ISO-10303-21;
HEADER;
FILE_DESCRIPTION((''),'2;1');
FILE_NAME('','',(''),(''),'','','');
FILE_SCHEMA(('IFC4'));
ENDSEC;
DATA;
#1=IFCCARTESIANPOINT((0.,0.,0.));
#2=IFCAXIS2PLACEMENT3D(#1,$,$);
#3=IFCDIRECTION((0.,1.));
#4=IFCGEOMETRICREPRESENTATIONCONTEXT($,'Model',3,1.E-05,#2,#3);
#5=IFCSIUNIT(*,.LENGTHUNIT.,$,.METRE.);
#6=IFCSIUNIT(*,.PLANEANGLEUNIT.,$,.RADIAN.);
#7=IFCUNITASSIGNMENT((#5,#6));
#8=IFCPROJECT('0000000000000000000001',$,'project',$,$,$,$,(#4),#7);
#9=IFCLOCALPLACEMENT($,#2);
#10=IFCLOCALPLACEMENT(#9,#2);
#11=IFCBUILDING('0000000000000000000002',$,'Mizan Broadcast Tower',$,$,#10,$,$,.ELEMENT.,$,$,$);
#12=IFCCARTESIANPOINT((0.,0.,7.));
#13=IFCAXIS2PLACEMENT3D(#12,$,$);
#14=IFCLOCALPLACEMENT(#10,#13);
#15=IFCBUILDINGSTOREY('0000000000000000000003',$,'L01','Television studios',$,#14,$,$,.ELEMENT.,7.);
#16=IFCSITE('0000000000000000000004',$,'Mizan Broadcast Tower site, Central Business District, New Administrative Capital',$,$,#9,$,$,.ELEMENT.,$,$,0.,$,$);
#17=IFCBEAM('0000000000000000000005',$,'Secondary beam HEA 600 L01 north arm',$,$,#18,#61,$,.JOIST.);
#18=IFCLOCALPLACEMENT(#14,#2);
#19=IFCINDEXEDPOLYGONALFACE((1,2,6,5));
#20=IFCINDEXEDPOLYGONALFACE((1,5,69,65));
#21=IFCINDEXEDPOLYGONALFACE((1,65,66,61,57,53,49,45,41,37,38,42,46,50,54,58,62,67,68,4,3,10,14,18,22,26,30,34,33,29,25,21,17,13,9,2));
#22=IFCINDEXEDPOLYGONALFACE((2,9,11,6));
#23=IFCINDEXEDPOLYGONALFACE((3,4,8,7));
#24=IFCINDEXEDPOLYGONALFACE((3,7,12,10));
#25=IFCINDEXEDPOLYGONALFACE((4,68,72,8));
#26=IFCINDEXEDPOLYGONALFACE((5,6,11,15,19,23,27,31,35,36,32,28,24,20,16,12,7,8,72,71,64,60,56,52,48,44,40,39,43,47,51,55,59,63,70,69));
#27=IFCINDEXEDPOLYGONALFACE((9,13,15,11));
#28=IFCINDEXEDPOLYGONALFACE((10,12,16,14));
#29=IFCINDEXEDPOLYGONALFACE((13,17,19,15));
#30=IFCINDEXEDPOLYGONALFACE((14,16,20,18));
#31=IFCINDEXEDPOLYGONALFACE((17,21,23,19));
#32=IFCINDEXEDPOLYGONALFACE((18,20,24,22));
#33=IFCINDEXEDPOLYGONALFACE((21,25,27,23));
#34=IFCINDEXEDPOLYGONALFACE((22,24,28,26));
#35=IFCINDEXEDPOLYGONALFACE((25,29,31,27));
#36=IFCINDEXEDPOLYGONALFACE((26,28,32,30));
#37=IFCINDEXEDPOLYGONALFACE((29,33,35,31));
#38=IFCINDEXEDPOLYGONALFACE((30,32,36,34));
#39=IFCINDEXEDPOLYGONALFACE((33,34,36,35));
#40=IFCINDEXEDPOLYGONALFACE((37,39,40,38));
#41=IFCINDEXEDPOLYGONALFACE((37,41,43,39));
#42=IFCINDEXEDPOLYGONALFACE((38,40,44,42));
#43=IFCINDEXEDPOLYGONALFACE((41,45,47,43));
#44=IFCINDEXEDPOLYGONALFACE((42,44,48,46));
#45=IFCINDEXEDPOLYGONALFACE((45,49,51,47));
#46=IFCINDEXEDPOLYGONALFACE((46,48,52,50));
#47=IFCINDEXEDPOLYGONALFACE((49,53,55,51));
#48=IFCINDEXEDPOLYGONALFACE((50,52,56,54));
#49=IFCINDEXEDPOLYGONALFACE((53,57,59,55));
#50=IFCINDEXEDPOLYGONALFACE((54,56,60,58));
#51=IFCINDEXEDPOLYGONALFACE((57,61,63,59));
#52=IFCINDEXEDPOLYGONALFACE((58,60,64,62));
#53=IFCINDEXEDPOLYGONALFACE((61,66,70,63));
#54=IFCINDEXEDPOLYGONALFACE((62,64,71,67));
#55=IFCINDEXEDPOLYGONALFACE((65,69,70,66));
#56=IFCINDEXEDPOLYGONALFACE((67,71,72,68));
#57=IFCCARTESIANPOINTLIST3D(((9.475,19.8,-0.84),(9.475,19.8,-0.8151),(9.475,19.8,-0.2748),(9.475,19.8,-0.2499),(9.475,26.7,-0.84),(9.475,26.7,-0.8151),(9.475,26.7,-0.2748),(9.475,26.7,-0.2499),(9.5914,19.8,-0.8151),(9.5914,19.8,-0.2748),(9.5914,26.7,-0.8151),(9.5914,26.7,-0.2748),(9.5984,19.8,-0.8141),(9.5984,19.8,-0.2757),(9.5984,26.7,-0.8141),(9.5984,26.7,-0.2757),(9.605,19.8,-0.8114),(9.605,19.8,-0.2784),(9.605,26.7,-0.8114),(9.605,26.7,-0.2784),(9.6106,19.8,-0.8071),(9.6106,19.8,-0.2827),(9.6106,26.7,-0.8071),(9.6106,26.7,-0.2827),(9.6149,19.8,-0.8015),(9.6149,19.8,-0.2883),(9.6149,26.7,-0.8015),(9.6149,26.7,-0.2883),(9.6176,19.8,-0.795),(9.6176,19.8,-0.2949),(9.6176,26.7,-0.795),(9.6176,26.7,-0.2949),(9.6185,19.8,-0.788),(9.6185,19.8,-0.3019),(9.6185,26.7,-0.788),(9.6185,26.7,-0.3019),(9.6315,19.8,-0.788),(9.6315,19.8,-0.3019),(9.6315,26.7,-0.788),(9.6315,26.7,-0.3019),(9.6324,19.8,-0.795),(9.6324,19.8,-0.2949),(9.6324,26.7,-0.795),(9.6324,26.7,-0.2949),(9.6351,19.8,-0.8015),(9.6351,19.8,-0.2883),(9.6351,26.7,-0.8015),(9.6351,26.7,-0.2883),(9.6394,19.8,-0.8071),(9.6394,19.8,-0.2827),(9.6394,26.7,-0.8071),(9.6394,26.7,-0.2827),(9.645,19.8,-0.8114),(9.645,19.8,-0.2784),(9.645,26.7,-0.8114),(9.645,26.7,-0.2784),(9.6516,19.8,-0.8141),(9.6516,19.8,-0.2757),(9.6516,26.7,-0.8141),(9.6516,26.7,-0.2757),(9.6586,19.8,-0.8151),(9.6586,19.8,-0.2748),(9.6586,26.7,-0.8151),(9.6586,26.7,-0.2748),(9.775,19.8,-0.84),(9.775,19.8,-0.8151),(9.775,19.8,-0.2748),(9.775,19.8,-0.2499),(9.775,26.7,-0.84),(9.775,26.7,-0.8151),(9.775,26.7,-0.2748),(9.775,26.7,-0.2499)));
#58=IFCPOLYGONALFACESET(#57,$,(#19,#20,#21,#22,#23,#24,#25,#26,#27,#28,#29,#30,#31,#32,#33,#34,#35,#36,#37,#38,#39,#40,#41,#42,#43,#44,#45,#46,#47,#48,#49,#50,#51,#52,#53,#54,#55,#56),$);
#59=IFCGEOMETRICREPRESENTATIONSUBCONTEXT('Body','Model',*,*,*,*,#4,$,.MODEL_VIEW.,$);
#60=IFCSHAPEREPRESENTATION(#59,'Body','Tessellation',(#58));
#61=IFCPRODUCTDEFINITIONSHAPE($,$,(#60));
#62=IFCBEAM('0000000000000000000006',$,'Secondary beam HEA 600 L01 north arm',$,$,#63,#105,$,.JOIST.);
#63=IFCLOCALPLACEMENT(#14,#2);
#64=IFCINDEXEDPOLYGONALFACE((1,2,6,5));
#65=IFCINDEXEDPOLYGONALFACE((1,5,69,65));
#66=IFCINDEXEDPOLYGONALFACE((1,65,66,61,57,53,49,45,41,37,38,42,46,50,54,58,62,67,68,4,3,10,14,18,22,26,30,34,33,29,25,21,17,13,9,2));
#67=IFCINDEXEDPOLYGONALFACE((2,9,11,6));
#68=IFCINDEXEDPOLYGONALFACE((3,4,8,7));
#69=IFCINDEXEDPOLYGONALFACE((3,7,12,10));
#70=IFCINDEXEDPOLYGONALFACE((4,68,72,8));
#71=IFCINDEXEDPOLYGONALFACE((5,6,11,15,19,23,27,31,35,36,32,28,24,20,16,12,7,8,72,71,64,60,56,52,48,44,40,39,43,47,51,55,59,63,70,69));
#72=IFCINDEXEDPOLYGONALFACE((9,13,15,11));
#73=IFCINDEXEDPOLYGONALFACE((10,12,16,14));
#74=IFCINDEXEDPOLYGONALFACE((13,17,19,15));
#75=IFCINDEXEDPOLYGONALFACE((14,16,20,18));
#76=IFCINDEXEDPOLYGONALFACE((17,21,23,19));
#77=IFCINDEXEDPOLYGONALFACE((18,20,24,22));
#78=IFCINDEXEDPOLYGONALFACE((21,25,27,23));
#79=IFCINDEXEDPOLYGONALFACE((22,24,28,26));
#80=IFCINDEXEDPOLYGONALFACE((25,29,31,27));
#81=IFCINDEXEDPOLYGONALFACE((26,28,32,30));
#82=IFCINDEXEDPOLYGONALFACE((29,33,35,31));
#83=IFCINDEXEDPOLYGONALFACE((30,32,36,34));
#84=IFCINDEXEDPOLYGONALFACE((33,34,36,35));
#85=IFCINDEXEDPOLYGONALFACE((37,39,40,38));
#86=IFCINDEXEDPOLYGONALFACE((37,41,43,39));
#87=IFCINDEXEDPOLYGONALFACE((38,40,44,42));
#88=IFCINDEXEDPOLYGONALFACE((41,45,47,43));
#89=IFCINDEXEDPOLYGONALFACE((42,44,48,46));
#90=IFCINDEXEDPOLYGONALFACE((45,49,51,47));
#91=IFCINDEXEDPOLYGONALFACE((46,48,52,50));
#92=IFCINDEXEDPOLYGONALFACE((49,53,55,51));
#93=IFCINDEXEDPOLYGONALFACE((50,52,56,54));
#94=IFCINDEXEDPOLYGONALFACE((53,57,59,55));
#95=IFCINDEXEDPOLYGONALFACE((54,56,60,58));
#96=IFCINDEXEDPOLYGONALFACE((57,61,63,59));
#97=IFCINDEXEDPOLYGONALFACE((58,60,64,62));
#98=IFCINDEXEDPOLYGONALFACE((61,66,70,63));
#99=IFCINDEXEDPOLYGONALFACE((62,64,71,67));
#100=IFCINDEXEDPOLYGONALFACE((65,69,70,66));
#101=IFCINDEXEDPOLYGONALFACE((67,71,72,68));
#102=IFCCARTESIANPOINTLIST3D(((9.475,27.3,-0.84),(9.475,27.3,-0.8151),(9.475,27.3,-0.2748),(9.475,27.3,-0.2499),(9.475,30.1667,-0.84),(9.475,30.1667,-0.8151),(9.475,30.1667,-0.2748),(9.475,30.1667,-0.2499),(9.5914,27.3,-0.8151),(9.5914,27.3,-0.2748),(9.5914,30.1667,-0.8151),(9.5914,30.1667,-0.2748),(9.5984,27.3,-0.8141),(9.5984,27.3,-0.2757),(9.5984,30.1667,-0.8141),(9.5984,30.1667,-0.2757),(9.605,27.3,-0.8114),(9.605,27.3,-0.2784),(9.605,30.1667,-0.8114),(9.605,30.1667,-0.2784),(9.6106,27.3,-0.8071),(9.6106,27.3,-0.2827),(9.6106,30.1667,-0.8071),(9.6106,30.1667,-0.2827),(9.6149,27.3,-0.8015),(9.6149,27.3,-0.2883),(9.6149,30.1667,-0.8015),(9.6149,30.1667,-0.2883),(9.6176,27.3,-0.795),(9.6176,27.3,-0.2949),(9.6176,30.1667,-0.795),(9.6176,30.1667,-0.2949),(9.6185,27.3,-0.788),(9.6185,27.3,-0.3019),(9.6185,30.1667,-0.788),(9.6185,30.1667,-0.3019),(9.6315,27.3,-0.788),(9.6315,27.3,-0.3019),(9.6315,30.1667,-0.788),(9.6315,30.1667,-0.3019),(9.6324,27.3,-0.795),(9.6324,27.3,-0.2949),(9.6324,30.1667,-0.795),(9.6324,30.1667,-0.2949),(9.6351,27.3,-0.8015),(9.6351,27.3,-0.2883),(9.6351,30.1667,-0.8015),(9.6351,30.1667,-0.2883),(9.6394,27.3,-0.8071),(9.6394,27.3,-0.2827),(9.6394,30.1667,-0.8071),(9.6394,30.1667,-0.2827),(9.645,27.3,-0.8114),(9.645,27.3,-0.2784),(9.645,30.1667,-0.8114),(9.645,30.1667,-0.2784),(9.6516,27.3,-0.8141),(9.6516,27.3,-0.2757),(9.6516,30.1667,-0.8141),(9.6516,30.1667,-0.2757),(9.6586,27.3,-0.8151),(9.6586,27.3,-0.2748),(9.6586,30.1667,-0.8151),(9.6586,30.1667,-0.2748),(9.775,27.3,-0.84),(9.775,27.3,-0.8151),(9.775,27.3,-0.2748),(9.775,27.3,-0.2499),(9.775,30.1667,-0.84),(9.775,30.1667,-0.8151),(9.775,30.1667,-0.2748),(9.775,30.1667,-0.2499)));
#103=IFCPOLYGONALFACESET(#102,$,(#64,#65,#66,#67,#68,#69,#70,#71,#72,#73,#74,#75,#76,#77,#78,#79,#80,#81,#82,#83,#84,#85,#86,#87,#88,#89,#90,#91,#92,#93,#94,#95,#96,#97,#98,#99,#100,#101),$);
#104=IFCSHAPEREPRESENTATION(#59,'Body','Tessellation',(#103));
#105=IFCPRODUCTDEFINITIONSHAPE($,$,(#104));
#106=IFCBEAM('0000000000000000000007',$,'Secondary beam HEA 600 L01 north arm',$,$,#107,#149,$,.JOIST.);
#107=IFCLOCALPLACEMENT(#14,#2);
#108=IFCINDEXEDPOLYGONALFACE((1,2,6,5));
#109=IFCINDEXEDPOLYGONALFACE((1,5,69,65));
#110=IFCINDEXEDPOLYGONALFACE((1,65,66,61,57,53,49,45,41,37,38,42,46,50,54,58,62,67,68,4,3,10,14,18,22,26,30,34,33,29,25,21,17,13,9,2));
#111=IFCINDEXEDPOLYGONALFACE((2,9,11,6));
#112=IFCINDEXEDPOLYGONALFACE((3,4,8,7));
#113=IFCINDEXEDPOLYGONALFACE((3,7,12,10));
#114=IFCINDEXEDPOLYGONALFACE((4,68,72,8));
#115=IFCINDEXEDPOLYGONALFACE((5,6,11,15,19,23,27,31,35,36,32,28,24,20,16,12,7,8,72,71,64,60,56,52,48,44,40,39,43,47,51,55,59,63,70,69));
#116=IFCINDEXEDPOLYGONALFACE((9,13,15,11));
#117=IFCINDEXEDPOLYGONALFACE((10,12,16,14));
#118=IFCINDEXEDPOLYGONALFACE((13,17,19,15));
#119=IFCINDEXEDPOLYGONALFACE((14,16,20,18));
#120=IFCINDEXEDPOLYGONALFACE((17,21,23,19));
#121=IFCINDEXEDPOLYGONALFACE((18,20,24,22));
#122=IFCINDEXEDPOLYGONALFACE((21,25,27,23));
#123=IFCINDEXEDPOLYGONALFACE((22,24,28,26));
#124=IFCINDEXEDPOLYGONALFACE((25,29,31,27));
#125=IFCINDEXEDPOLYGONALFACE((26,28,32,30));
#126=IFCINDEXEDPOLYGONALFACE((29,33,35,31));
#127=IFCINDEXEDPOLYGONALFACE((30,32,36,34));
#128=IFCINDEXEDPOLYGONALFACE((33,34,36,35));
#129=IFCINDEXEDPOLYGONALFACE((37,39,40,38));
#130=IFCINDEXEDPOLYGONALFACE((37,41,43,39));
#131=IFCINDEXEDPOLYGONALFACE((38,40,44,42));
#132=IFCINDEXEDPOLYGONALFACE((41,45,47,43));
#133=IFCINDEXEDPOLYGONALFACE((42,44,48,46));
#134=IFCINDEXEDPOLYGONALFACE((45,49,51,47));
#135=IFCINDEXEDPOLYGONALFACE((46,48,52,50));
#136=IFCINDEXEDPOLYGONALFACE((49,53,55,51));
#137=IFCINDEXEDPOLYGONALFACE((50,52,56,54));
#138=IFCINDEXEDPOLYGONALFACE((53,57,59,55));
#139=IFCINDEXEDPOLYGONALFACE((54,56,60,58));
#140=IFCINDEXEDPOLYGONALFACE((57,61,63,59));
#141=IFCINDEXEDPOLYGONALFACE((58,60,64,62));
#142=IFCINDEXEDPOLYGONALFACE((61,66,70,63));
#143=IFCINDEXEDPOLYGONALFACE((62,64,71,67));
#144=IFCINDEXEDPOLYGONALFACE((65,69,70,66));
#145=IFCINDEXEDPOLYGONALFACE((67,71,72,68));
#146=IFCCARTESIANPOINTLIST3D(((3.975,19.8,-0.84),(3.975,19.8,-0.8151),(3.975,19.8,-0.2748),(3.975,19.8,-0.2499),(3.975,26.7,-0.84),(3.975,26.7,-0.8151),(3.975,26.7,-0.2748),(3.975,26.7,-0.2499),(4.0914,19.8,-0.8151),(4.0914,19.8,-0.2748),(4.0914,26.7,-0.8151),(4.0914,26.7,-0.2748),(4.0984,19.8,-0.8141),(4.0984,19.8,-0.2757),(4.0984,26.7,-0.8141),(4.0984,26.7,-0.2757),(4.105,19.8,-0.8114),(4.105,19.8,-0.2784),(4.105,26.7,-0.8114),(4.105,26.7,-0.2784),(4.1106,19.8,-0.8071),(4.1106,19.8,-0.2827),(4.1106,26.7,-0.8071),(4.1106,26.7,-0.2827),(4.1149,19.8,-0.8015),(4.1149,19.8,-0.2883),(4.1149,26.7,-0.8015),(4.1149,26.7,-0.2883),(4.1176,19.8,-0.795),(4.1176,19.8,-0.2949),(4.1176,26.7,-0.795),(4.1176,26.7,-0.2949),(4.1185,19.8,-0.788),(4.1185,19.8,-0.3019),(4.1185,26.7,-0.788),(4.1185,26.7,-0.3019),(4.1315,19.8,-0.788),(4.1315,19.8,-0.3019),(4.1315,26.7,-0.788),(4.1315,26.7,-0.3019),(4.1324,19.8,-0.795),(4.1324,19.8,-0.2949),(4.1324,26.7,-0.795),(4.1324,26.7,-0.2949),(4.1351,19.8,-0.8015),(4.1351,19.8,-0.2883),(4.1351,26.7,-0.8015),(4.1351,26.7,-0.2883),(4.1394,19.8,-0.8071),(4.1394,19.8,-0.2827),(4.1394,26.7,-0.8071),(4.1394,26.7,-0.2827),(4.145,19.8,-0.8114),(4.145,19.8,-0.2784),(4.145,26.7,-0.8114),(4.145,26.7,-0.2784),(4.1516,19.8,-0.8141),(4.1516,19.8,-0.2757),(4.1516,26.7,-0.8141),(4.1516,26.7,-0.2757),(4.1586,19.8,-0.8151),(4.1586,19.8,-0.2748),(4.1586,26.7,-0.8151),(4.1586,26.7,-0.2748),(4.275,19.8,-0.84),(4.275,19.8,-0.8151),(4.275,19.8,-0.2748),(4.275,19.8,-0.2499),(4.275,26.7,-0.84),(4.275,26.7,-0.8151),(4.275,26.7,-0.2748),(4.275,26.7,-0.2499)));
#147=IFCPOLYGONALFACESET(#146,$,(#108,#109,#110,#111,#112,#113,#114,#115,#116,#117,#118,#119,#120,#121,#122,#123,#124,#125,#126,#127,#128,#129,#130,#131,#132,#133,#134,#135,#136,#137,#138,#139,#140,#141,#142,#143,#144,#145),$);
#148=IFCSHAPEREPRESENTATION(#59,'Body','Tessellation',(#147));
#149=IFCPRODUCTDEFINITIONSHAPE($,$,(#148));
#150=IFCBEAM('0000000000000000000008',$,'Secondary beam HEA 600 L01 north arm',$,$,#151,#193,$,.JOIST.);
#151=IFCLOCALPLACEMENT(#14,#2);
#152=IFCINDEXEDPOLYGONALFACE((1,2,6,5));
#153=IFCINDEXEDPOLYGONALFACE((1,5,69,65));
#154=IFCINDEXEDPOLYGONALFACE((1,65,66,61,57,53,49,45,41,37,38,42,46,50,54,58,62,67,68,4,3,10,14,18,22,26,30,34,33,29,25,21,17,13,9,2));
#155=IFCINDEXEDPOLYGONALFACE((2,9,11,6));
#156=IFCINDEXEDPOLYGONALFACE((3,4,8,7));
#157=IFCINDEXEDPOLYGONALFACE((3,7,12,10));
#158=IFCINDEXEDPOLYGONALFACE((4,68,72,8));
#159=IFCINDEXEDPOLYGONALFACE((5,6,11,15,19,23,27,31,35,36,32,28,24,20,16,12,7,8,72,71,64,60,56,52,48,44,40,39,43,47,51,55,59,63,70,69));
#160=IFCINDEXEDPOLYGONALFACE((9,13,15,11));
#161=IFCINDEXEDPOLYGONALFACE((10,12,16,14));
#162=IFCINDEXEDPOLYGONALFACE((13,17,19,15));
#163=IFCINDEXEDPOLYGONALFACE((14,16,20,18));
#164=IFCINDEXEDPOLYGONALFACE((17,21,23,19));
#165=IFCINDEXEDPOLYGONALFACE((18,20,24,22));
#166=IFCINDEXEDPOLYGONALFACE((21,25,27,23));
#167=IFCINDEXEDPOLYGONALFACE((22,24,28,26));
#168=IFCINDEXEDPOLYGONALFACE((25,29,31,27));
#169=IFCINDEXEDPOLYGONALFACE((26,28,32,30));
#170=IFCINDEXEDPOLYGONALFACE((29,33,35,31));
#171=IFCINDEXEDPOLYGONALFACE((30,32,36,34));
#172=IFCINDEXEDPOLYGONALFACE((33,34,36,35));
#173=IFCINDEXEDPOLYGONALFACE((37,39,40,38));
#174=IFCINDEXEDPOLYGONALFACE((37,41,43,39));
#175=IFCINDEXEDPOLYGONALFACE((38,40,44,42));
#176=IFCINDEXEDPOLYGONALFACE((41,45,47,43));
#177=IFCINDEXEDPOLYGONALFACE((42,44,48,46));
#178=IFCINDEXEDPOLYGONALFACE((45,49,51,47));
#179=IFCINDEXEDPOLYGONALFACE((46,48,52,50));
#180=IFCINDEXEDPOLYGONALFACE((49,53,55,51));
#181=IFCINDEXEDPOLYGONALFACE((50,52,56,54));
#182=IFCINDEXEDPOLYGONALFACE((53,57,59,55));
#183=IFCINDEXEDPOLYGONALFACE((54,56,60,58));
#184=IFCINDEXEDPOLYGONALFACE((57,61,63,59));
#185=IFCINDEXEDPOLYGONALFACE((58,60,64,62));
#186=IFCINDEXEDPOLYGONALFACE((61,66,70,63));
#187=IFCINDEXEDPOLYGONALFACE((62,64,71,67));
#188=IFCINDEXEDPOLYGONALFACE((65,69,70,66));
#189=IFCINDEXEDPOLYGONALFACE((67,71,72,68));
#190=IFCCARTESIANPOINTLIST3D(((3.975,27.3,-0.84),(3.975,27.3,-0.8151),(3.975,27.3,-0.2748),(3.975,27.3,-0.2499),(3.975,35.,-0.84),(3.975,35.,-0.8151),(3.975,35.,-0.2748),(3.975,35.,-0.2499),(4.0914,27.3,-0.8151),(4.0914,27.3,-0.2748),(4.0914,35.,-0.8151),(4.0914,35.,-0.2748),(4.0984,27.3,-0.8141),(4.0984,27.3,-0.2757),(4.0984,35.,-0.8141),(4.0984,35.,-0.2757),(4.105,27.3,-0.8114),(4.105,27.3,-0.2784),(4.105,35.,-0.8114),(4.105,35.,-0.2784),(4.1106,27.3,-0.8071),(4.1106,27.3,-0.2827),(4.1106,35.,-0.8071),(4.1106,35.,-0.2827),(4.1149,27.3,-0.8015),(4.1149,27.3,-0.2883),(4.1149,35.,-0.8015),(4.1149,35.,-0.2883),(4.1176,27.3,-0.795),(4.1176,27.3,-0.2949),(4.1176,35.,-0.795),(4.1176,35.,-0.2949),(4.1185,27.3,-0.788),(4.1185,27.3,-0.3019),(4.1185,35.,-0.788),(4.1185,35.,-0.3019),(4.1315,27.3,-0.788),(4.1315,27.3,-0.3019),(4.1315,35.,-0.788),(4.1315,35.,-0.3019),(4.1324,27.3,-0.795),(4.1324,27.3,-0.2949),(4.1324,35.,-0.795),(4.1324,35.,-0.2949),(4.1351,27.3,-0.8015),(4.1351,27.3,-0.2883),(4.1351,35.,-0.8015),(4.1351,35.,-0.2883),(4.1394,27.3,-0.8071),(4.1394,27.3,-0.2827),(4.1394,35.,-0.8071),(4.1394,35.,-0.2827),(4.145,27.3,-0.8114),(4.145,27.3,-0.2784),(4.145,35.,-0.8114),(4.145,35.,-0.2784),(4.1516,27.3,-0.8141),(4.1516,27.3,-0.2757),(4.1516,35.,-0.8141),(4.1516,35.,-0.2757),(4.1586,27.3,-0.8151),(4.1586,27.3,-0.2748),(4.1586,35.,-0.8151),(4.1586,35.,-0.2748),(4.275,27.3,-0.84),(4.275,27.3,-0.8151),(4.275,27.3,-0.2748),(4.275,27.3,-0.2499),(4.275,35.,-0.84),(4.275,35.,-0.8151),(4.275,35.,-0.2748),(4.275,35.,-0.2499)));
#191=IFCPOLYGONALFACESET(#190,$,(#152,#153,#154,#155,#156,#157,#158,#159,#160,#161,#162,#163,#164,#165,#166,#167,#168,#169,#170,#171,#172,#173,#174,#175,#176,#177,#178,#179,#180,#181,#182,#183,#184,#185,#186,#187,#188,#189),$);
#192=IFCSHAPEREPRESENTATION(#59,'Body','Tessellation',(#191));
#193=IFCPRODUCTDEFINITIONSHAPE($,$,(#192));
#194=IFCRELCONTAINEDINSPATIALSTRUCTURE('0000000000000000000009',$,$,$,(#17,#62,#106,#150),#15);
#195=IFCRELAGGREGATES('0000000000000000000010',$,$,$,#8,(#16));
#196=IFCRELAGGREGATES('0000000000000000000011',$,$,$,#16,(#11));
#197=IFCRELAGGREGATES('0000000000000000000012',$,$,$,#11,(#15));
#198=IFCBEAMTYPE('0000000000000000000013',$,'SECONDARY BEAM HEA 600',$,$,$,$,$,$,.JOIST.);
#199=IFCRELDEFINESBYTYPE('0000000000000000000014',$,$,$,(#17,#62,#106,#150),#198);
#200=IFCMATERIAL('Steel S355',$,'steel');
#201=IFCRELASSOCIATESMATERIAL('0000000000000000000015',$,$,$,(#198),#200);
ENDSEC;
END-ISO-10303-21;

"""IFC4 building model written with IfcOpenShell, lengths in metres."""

from ifc_helpers import new_model, si_unit, direction, frame, origin, origin_2d, place, context, subcontext, project, spatial, i_section, extrude, material, material_profile, profile_set, type_object, element, save


model = new_model("IFC4")

# Units and contexts
model_context = context("Model", 3, precision=1e-05, world=origin(), true_north=direction((0.0, 1.0)))
body_context = subcontext(model_context, "Body", "Model", "MODEL_VIEW")
ifc_project = project(units=[si_unit("LENGTHUNIT", "METRE"), si_unit("PLANEANGLEUNIT", "RADIAN")], contexts=[model_context])

# Site, building, storey
site_placement = place(None, origin())
site = spatial("IfcSite", under=ifc_project, at=site_placement, Name="Mizan Broadcast Tower site, Central Business District, New Administrative Capital", CompositionType="ELEMENT", RefElevation=0.0)
building_placement = place(site_placement, origin())
building = spatial("IfcBuilding", under=site, at=building_placement, Name="Mizan Broadcast Tower", CompositionType="ELEMENT")
storey_placement = place(building_placement, frame((0.0, 0.0, 7.0)))
storey = spatial("IfcBuildingStorey", under=building, at=storey_placement, Name="L01", Description="Television studios", CompositionType="ELEMENT", Elevation=7.0)

# Beams
ifc_material_1 = material(Name="Steel S355", Category="steel")
ifc_material_profile_1 = material_profile(ifc_material_1, i_section(OverallWidth=0.3, OverallDepth=0.5901, WebThickness=0.0129, FlangeThickness=0.0249, FilletRadius=0.0271, at=origin_2d()), Name="HEA 600")
ifc_profile_set_1 = profile_set([ifc_material_profile_1], Name="Steel S355")
beam_type_1 = type_object("IfcBeamType", Name="SECONDARY BEAM HEA 600", PredefinedType="JOIST", material=ifc_profile_set_1)
beam_1_placement = place(storey_placement, frame((9.625, 19.8, -0.5449), z_axis=(0.0, 1.0, 0.0), x_axis=(-1.0, 0.0, 0.0)))
element("IfcBeam", 1, at=beam_1_placement, inside=storey, type_object=beam_type_1, Name="Secondary beam HEA 600 L01 north arm", PredefinedType="JOIST", context=body_context, shape_type="SweptSolid", body=[
    extrude(i_section(OverallWidth=0.3, OverallDepth=0.5901, WebThickness=0.0129, FlangeThickness=0.0249, FilletRadius=0.0271, at=origin_2d()), origin(), (0.0, 0.0, 1.0), 6.8999),
])
beam_2_placement = place(storey_placement, frame((9.625, 27.3, -0.5449), z_axis=(0.0, 1.0, 0.0), x_axis=(-1.0, 0.0, 0.0)))
element("IfcBeam", 2, at=beam_2_placement, inside=storey, type_object=beam_type_1, Name="Secondary beam HEA 600 L01 north arm", PredefinedType="JOIST", context=body_context, shape_type="SweptSolid", body=[
    extrude(i_section(OverallWidth=0.3, OverallDepth=0.5901, WebThickness=0.0129, FlangeThickness=0.0249, FilletRadius=0.0271, at=origin_2d()), origin(), (0.0, 0.0, 1.0), 2.8667),
])
beam_3_placement = place(storey_placement, frame((4.125, 19.8, -0.5449), z_axis=(0.0, 1.0, 0.0), x_axis=(-1.0, 0.0, 0.0)))
element("IfcBeam", 3, at=beam_3_placement, inside=storey, type_object=beam_type_1, Name="Secondary beam HEA 600 L01 north arm", PredefinedType="JOIST", context=body_context, shape_type="SweptSolid", body=[
    extrude(i_section(OverallWidth=0.3, OverallDepth=0.5901, WebThickness=0.0129, FlangeThickness=0.0249, FilletRadius=0.0271, at=origin_2d()), origin(), (0.0, 0.0, 1.0), 6.8999),
])
beam_4_placement = place(storey_placement, frame((4.125, 27.3, -0.5449), z_axis=(0.0, 1.0, 0.0), x_axis=(-1.0, 0.0, 0.0)))
element("IfcBeam", 4, at=beam_4_placement, inside=storey, type_object=beam_type_1, Name="Secondary beam HEA 600 L01 north arm", PredefinedType="JOIST", context=body_context, shape_type="SweptSolid", body=[
    extrude(i_section(OverallWidth=0.3, OverallDepth=0.5901, WebThickness=0.0129, FlangeThickness=0.0249, FilletRadius=0.0271, at=origin_2d()), origin(), (0.0, 0.0, 1.0), 7.7),
])

save(model, "model.ifc")
